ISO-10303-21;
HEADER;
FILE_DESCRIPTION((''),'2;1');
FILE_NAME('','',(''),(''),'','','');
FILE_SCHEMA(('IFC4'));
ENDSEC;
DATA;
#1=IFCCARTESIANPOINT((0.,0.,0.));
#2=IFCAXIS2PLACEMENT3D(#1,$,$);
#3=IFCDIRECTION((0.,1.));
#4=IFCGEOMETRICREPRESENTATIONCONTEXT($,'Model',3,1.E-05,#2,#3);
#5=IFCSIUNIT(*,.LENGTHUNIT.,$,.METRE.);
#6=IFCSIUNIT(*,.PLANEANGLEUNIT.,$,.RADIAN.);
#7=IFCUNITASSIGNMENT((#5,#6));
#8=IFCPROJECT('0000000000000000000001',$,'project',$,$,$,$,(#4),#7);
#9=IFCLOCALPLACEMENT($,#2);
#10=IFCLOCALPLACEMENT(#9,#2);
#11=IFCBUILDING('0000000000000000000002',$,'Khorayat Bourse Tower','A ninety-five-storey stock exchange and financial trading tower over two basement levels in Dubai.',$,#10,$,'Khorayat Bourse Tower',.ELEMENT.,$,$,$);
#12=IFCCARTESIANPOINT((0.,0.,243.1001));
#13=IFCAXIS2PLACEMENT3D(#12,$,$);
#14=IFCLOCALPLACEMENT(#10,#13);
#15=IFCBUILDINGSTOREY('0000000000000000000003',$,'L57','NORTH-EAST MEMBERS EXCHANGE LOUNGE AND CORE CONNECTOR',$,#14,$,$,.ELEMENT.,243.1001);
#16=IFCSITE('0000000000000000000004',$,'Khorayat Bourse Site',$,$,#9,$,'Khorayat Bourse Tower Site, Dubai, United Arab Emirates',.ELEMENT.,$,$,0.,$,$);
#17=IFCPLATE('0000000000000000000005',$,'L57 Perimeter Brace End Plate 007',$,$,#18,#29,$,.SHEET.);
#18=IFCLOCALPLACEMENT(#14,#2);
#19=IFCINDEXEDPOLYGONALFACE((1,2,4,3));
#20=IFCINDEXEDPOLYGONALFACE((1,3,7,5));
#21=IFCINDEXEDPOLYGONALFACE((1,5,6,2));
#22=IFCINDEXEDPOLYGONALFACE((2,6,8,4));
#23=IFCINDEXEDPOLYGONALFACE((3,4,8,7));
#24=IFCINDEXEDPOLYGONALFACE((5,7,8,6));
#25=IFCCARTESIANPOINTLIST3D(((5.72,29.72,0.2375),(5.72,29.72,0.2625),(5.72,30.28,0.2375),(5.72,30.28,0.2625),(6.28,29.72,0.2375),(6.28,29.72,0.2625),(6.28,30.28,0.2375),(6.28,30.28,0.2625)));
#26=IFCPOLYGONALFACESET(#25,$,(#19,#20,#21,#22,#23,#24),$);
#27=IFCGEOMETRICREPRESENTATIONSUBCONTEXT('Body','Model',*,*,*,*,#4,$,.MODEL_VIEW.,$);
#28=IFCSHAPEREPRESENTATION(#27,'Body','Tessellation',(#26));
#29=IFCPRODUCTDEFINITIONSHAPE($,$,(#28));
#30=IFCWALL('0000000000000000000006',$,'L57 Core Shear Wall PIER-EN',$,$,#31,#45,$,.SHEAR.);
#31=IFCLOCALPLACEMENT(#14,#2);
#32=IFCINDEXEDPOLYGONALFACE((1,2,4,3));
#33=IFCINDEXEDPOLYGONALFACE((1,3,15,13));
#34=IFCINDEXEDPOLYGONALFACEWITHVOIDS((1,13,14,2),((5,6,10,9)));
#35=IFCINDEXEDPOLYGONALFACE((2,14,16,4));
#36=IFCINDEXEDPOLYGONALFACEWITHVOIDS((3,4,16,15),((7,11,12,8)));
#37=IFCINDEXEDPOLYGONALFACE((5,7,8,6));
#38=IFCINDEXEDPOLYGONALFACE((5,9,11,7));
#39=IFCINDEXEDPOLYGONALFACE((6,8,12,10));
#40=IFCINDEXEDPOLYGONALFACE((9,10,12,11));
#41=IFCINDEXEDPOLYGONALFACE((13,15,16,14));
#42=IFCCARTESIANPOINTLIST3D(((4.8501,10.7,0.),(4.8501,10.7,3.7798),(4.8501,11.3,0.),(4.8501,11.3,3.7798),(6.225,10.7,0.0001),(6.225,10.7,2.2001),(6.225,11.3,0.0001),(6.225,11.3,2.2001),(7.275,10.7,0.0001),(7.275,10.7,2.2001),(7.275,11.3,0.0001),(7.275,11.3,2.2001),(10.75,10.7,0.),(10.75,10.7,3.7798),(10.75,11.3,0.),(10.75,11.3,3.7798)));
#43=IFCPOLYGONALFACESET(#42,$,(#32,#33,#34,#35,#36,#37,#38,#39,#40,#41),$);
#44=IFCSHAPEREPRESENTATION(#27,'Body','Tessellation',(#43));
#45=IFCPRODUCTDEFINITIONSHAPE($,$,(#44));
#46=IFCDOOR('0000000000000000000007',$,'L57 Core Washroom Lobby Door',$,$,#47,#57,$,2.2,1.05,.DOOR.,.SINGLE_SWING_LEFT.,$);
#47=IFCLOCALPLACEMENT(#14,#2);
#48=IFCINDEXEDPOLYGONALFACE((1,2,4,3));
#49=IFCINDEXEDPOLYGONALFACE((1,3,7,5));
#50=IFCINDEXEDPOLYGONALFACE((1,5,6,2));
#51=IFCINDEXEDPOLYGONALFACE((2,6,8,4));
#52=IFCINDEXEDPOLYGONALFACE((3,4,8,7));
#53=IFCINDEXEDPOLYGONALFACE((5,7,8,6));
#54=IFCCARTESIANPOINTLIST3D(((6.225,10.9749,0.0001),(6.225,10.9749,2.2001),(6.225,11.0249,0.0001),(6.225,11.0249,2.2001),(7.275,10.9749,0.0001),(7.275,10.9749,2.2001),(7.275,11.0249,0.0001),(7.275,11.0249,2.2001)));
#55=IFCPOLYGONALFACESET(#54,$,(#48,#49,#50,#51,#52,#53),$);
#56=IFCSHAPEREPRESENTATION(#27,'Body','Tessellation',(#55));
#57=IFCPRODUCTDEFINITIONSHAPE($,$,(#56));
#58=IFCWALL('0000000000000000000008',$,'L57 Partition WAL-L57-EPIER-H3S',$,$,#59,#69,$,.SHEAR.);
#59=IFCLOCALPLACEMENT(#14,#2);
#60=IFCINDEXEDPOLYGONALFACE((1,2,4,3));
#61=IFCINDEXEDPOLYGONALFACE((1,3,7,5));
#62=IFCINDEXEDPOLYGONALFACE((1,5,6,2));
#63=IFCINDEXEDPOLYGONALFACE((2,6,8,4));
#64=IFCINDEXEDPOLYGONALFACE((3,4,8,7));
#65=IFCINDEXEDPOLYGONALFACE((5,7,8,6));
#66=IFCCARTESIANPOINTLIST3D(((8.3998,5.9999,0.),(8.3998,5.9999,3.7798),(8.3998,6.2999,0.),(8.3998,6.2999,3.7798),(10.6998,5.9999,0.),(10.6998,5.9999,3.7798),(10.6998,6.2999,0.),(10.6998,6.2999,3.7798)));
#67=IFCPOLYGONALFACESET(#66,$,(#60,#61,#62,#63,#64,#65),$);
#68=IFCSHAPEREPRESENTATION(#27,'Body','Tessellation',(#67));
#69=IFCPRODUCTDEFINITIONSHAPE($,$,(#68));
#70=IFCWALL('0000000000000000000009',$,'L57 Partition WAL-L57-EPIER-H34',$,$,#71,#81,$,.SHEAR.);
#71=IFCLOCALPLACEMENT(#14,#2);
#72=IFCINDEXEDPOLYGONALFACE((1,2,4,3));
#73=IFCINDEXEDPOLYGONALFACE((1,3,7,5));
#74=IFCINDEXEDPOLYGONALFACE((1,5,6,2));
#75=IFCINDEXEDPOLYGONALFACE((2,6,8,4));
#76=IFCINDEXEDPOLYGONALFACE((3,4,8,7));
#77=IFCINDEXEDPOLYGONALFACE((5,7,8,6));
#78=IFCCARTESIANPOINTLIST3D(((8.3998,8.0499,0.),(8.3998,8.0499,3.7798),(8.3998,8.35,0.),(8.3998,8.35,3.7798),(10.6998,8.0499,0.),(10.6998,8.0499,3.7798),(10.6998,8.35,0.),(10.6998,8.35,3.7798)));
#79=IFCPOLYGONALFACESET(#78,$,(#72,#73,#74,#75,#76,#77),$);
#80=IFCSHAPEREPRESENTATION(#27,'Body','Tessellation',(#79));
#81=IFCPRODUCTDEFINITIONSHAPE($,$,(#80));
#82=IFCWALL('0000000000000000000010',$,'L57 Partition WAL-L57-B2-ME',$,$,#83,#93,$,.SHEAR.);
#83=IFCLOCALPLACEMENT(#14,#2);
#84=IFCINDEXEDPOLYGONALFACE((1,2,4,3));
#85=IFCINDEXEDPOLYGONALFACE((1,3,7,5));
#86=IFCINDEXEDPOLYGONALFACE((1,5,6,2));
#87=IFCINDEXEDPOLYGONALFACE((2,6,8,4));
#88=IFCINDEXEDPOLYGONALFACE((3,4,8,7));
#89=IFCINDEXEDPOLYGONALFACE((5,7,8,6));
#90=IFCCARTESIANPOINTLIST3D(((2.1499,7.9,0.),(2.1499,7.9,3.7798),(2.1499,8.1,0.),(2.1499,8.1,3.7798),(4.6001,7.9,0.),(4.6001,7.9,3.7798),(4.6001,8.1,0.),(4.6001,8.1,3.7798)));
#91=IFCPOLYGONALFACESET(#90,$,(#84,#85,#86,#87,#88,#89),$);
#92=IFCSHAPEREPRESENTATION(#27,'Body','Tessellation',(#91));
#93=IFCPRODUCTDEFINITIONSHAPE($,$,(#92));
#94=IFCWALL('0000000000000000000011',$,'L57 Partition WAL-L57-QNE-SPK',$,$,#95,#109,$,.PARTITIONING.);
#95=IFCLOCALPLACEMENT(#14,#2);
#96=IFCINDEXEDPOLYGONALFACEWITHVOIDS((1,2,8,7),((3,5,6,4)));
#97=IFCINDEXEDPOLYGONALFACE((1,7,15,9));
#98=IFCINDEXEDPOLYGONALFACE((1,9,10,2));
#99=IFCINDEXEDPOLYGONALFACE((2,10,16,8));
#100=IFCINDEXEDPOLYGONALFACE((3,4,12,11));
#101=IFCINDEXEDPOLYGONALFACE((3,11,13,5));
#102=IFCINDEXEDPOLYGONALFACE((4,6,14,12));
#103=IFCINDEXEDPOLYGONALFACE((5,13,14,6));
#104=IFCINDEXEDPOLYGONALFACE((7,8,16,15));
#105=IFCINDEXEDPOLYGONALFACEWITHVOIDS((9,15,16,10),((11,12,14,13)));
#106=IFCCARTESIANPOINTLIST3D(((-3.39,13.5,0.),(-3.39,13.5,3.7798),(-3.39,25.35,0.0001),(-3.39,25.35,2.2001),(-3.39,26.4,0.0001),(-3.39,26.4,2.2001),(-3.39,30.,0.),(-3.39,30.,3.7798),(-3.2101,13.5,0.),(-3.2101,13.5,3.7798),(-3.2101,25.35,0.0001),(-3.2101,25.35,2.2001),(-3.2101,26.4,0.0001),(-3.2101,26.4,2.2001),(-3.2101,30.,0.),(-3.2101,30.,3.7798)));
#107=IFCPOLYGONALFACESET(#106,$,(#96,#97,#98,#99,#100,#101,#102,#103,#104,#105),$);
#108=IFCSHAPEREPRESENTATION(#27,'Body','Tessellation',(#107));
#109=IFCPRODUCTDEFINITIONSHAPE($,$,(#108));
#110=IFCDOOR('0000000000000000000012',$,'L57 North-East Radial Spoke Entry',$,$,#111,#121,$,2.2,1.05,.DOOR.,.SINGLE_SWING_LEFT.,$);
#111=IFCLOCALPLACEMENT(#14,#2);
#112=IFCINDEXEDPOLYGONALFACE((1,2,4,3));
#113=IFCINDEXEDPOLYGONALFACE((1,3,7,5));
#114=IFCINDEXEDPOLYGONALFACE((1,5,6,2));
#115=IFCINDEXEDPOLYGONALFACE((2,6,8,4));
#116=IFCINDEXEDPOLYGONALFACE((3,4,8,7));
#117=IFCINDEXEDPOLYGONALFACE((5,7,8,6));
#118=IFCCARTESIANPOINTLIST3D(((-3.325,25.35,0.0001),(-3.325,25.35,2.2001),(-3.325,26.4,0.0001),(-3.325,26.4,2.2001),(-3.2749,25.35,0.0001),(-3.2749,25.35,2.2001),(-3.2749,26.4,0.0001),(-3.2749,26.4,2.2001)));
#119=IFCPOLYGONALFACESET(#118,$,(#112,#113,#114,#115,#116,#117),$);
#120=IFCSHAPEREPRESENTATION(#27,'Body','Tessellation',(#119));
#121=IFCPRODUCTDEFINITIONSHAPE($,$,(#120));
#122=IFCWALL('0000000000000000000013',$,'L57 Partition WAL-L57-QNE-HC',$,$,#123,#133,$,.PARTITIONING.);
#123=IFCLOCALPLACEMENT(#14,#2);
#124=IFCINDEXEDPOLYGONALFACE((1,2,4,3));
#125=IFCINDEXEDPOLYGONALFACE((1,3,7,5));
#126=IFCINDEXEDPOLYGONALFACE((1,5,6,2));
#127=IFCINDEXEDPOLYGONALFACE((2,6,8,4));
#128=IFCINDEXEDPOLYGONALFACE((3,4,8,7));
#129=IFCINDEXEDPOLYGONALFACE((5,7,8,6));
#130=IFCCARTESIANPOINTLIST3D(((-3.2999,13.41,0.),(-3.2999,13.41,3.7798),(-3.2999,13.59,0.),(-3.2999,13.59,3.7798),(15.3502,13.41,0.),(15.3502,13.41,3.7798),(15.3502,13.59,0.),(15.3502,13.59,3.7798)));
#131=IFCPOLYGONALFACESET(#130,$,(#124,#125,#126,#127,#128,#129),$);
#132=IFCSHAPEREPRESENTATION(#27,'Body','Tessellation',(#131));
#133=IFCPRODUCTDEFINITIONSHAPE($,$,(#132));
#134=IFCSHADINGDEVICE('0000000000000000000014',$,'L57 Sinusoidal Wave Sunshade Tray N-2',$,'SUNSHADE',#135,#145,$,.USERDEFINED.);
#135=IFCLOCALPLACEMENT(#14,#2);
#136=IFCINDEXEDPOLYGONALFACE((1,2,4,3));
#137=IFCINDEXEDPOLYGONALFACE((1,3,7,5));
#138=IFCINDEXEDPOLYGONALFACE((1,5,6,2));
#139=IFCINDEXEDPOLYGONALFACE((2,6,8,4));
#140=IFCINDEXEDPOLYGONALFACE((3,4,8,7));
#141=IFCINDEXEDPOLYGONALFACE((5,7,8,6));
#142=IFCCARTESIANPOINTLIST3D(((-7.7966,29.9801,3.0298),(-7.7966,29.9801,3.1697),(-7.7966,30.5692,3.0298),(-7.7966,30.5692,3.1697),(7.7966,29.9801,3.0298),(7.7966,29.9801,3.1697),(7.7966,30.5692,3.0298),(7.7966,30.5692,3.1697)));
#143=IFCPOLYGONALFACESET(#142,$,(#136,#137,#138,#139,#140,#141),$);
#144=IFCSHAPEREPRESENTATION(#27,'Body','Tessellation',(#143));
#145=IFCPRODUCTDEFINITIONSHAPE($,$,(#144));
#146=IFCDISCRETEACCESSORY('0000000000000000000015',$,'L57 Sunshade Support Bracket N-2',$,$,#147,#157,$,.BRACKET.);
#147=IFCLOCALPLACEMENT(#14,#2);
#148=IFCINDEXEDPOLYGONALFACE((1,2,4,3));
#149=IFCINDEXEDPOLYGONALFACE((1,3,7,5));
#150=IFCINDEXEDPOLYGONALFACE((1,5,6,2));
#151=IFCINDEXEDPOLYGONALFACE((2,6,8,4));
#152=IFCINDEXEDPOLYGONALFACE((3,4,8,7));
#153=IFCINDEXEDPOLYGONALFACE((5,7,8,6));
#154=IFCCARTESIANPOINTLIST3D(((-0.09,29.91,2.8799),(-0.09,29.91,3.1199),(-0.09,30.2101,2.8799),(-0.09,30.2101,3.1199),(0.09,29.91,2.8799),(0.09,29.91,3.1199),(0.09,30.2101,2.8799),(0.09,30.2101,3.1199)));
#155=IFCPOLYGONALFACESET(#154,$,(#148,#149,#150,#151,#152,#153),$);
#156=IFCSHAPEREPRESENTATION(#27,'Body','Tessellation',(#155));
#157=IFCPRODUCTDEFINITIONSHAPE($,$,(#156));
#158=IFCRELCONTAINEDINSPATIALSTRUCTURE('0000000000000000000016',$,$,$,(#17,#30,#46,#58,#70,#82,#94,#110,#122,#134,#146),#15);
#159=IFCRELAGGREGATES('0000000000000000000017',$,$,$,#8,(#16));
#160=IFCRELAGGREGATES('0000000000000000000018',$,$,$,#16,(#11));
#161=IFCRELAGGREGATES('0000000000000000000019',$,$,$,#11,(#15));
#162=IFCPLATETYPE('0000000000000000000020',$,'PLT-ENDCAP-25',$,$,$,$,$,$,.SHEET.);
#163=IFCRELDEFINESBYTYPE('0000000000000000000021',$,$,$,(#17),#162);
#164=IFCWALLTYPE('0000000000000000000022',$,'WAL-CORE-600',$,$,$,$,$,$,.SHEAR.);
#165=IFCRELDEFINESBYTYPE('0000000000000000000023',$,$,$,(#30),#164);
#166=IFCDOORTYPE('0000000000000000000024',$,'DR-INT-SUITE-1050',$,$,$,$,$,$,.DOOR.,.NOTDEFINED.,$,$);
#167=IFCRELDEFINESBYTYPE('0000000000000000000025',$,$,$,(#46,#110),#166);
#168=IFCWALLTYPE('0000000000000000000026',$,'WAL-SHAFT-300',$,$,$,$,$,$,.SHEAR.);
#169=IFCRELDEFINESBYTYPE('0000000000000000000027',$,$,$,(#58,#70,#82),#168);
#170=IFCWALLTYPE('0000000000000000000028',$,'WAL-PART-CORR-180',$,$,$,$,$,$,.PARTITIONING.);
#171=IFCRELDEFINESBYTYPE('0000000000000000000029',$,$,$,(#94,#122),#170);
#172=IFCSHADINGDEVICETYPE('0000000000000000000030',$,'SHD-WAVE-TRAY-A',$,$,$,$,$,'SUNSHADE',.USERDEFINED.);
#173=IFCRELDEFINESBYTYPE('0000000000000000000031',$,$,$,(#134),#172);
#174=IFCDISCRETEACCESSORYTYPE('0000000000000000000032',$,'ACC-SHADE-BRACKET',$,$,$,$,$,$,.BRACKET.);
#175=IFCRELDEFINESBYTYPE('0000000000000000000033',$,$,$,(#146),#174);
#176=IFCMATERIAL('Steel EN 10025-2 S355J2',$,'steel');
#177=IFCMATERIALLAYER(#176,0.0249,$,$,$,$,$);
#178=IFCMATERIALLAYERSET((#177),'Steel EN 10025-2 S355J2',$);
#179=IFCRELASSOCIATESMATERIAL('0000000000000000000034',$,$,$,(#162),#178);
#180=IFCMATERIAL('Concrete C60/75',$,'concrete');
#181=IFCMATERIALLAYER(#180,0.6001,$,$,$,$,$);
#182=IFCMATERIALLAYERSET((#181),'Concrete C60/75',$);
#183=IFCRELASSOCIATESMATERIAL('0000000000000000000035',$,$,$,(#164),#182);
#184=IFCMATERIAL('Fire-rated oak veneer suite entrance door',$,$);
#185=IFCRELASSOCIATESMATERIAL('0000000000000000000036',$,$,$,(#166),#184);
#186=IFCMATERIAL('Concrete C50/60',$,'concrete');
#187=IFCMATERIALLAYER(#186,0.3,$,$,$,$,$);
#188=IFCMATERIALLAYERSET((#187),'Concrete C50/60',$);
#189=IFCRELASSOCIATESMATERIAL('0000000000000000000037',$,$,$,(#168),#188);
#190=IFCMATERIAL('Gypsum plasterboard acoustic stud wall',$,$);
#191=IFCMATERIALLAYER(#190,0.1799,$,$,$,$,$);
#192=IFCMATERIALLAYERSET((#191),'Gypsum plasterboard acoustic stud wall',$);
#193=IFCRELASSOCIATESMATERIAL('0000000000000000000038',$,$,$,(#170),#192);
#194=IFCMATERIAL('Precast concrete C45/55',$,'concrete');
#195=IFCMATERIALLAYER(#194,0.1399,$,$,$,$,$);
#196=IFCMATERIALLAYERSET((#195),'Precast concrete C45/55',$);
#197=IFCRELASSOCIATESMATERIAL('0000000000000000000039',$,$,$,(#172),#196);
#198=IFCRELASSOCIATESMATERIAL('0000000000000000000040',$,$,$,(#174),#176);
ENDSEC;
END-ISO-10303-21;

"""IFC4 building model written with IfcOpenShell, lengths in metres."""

from ifc_helpers import new_model, si_unit, direction, frame, frame_2d, origin, origin_2d, place, context, subcontext, project, spatial, rectangle, extrude, source, transform, mapped, material, layer, layer_set, type_object, element, fill, save


model = new_model("IFC4")

# Units and contexts
model_context = context("Model", 3, precision=1e-05, world=origin(), true_north=direction((0.0, 1.0)))
body_context = subcontext(model_context, "Body", "Model", "MODEL_VIEW")
ifc_project = project(units=[si_unit("LENGTHUNIT", "METRE"), si_unit("PLANEANGLEUNIT", "RADIAN")], contexts=[model_context])

# Site, building, storey
site_placement = place(None, origin())
site = spatial("IfcSite", under=ifc_project, at=site_placement, Name="Khorayat Bourse Site", LongName="Khorayat Bourse Tower Site, Dubai, United Arab Emirates", CompositionType="ELEMENT", RefElevation=0.0)
building_placement = place(site_placement, origin())
building = spatial("IfcBuilding", under=site, at=building_placement, Name="Khorayat Bourse Tower", Description="A ninety-five-storey stock exchange and financial trading tower over two basement levels in Dubai.", LongName="Khorayat Bourse Tower", CompositionType="ELEMENT")
storey_placement = place(building_placement, frame((0.0, 0.0, 243.1001)))
storey = spatial("IfcBuildingStorey", under=building, at=storey_placement, Name="L57", Description="NORTH-EAST MEMBERS EXCHANGE LOUNGE AND CORE CONNECTOR", CompositionType="ELEMENT", Elevation=243.1001)

# Shared definitions
ifc_material_1 = material(Name="Concrete C60/75", Category="concrete")

# Plate
ifc_material_2 = material(Name="Steel EN 10025-2 S355J2", Category="steel")
ifc_layer_1 = layer(ifc_material_2, 0.0249)
ifc_layer_set_1 = layer_set([ifc_layer_1], Name="Steel EN 10025-2 S355J2")
plate_type = type_object("IfcPlateType", Name="PLT-ENDCAP-25", PredefinedType="SHEET", material=ifc_layer_set_1)
shared_shape_1 = source(origin(), body_context, "Body", "SweptSolid", [
    extrude(rectangle(XDim=0.5601, YDim=0.5601, at=origin_2d()), origin(), (0.0, 0.0, 1.0), 0.0249),
])
plate_placement = place(storey_placement, frame((6.0, 30.0, 0.2375), z_axis=(0.0, 0.0, 1.0), x_axis=(1.0, 0.0, 0.0)))
element("IfcPlate", 1, at=plate_placement, inside=storey, type_object=plate_type, Name="L57 Perimeter Brace End Plate 007", PredefinedType="SHEET", context=body_context, shape_type="MappedRepresentation", body=[
    mapped(shared_shape_1, transform((0.0, 0.0, 0.0), scale=1.0)),
])

# Wall, opening, door
ifc_layer_2 = layer(ifc_material_1, 0.6001)
ifc_layer_set_2 = layer_set([ifc_layer_2], Name="Concrete C60/75")
wall_type_1 = type_object("IfcWallType", Name="WAL-CORE-600", PredefinedType="SHEAR", material=ifc_layer_set_2)
shared_shape_2 = source(origin(), body_context, "Body", "SweptSolid", [
    extrude(rectangle(XDim=5.8999, YDim=0.6001, at=frame_2d((2.95, 0.0))), origin(), (0.0, 0.0, 1.0), 3.7798),
])
wall_1_placement = place(storey_placement, frame((4.8501, 11.0, 0.0), z_axis=(0.0, 0.0, 1.0), x_axis=(1.0, 0.0, 0.0)))
wall_1 = element("IfcWall", 2, at=wall_1_placement, inside=storey, type_object=wall_type_1, Name="L57 Core Shear Wall PIER-EN", PredefinedType="SHEAR", context=body_context, shape_type="MappedRepresentation", body=[
    mapped(shared_shape_2, transform((0.0, 0.0, 0.0), scale=1.0)),
])
shared_shape_3 = source(origin(), body_context, "Body", "SweptSolid", [
    extrude(rectangle(XDim=1.05, YDim=2.2, at=frame_2d((0.5249, 1.1001))), frame((0.0, 0.3101, 0.0), z_axis=(0.0, -1.0, 0.0), x_axis=(1.0, 0.0, 0.0)), (0.0, 0.0, 1.0), 0.6201),
])
opening_1_placement = place(wall_1_placement, frame((1.375, 0.0, 0.0)))
opening_1 = element("IfcOpeningElement", 3, at=opening_1_placement, cuts=wall_1, PredefinedType="OPENING", context=body_context, shape_type="MappedRepresentation", body=[
    mapped(shared_shape_3, transform((0.0, 0.0, 0.0), scale=1.0)),
])
ifc_material_3 = material(Name="Fire-rated oak veneer suite entrance door")
door_type_1 = type_object("IfcDoorType", Name="DR-INT-SUITE-1050", OperationType="NOTDEFINED", PredefinedType="DOOR", material=ifc_material_3)
shared_shape_4 = source(origin(), body_context, "Body", "SweptSolid", [
    extrude(rectangle(XDim=1.05, YDim=2.2, at=frame_2d((0.5249, 1.1001))), frame((0.0, 0.0249, 0.0), z_axis=(0.0, -1.0, 0.0), x_axis=(1.0, 0.0, 0.0)), (0.0, 0.0, 1.0), 0.05),
])
door_1_placement = place(opening_1_placement, origin())
door_1 = element("IfcDoor", 4, at=door_1_placement, inside=storey, type_object=door_type_1, Name="L57 Core Washroom Lobby Door", OperationType="SINGLE_SWING_LEFT", OverallHeight=2.2, OverallWidth=1.05, PredefinedType="DOOR", context=body_context, shape_type="MappedRepresentation", body=[
    mapped(shared_shape_4, transform((0.0, 0.0, 0.0), scale=1.0)),
])
fill(opening_1, door_1)

# Walls
ifc_material_4 = material(Name="Concrete C50/60", Category="concrete")
ifc_layer_3 = layer(ifc_material_4, 0.3)
ifc_layer_set_3 = layer_set([ifc_layer_3], Name="Concrete C50/60")
wall_type_2 = type_object("IfcWallType", Name="WAL-SHAFT-300", PredefinedType="SHEAR", material=ifc_layer_set_3)
shared_shape_5 = source(origin(), body_context, "Body", "SweptSolid", [
    extrude(rectangle(XDim=2.3, YDim=0.3, at=frame_2d((1.1499, 0.0))), origin(), (0.0, 0.0, 1.0), 3.7798),
])
for number, where, z_axis, x_axis, name in (
    (5, (8.3999, 6.1499, 0.0), (0.0, 0.0, 1.0), (1.0, 0.0, 0.0), "L57 Partition WAL-L57-EPIER-H3S"),
    (6, (8.3999, 8.2, 0.0), (0.0, 0.0, 1.0), (1.0, 0.0, 0.0), "L57 Partition WAL-L57-EPIER-H34"),
):
    element("IfcWall", number, at=place(storey_placement, frame(where, z_axis=z_axis, x_axis=x_axis)), inside=storey, type_object=wall_type_2, Name=name, PredefinedType="SHEAR", context=body_context, shape_type="MappedRepresentation", body=[
        mapped(shared_shape_5, transform((0.0, 0.0, 0.0), scale=1.0)),
    ])

# Wall
shared_shape_6 = source(origin(), body_context, "Body", "SweptSolid", [
    extrude(rectangle(XDim=2.4502, YDim=0.2, at=frame_2d((1.2251, 0.0))), origin(), (0.0, 0.0, 1.0), 3.7798),
])
wall_2_placement = place(storey_placement, frame((2.1499, 8.0, 0.0), z_axis=(0.0, 0.0, 1.0), x_axis=(1.0, 0.0, 0.0)))
element("IfcWall", 7, at=wall_2_placement, inside=storey, type_object=wall_type_2, Name="L57 Partition WAL-L57-B2-ME", PredefinedType="SHEAR", context=body_context, shape_type="MappedRepresentation", body=[
    mapped(shared_shape_6, transform((0.0, 0.0, 0.0), scale=1.0)),
])

# Wall, opening, door
ifc_material_5 = material(Name="Gypsum plasterboard acoustic stud wall")
ifc_layer_4 = layer(ifc_material_5, 0.1799)
ifc_layer_set_4 = layer_set([ifc_layer_4], Name="Gypsum plasterboard acoustic stud wall")
wall_type_3 = type_object("IfcWallType", Name="WAL-PART-CORR-180", PredefinedType="PARTITIONING", material=ifc_layer_set_4)
shared_shape_7 = source(origin(), body_context, "Body", "SweptSolid", [
    extrude(rectangle(XDim=16.5, YDim=0.1799, at=frame_2d((8.25, 0.0))), origin(), (0.0, 0.0, 1.0), 3.7798),
])
wall_3_placement = place(storey_placement, frame((-3.3, 13.5, 0.0), z_axis=(0.0, 0.0, 1.0), x_axis=(0.0, 1.0, 0.0)))
wall_3 = element("IfcWall", 8, at=wall_3_placement, inside=storey, type_object=wall_type_3, Name="L57 Partition WAL-L57-QNE-SPK", PredefinedType="PARTITIONING", context=body_context, shape_type="MappedRepresentation", body=[
    mapped(shared_shape_7, transform((0.0, 0.0, 0.0), scale=1.0)),
])
shared_shape_8 = source(origin(), body_context, "Body", "SweptSolid", [
    extrude(rectangle(XDim=1.05, YDim=2.2, at=frame_2d((0.5249, 1.1001))), frame((0.0, 0.0999, 0.0), z_axis=(0.0, -1.0, 0.0), x_axis=(1.0, 0.0, 0.0)), (0.0, 0.0, 1.0), 0.2),
])
opening_2_placement = place(wall_3_placement, frame((11.8501, 0.0, 0.0)))
opening_2 = element("IfcOpeningElement", 9, at=opening_2_placement, cuts=wall_3, PredefinedType="OPENING", context=body_context, shape_type="MappedRepresentation", body=[
    mapped(shared_shape_8, transform((0.0, 0.0, 0.0), scale=1.0)),
])
door_2_placement = place(opening_2_placement, origin())
door_2 = element("IfcDoor", 10, at=door_2_placement, inside=storey, type_object=door_type_1, Name="L57 North-East Radial Spoke Entry", OperationType="SINGLE_SWING_LEFT", OverallHeight=2.2, OverallWidth=1.05, PredefinedType="DOOR", context=body_context, shape_type="MappedRepresentation", body=[
    mapped(shared_shape_4, transform((0.0, 0.0, 0.0), scale=1.0)),
])
fill(opening_2, door_2)

# Wall
shared_shape_9 = source(origin(), body_context, "Body", "SweptSolid", [
    extrude(rectangle(XDim=18.6501, YDim=0.1799, at=frame_2d((9.3252, 0.0))), origin(), (0.0, 0.0, 1.0), 3.7798),
])
wall_4_placement = place(storey_placement, frame((-3.3, 13.5, 0.0), z_axis=(0.0, 0.0, 1.0), x_axis=(1.0, 0.0, 0.0)))
element("IfcWall", 11, at=wall_4_placement, inside=storey, type_object=wall_type_3, Name="L57 Partition WAL-L57-QNE-HC", PredefinedType="PARTITIONING", context=body_context, shape_type="MappedRepresentation", body=[
    mapped(shared_shape_9, transform((0.0, 0.0, 0.0), scale=1.0)),
])

# Shading device
ifc_material_6 = material(Name="Precast concrete C45/55", Category="concrete")
ifc_layer_5 = layer(ifc_material_6, 0.1399)
ifc_layer_set_5 = layer_set([ifc_layer_5], Name="Precast concrete C45/55")
shading_device_type = type_object("IfcShadingDeviceType", Name="SHD-WAVE-TRAY-A", ElementType="SUNSHADE", PredefinedType="USERDEFINED", material=ifc_layer_set_5)
shared_shape_10 = source(origin(), body_context, "Body", "SweptSolid", [
    extrude(rectangle(XDim=15.5933, YDim=0.5891, at=origin_2d()), origin(), (0.0, 0.0, 1.0), 0.1399),
])
shading_device_placement = place(storey_placement, frame((0.0, 30.2747, 3.0298), z_axis=(0.0, 0.0, 1.0), x_axis=(1.0, 0.0, 0.0)))
element("IfcShadingDevice", 12, at=shading_device_placement, inside=storey, type_object=shading_device_type, Name="L57 Sinusoidal Wave Sunshade Tray N-2", ObjectType="SUNSHADE", PredefinedType="USERDEFINED", context=body_context, shape_type="MappedRepresentation", body=[
    mapped(shared_shape_10, transform((0.0, 0.0, 0.0), scale=1.0)),
])

# Discrete accessory
discrete_accessory_type = type_object("IfcDiscreteAccessoryType", Name="ACC-SHADE-BRACKET", PredefinedType="BRACKET", material=ifc_material_2)
shared_shape_11 = source(origin(), body_context, "Body", "SweptSolid", [
    extrude(rectangle(XDim=0.1799, YDim=0.3, at=origin_2d()), origin(), (0.0, 0.0, 1.0), 0.24),
])
discrete_accessory_placement = place(storey_placement, frame((0.0, 30.0601, 2.8799), z_axis=(0.0, 0.0, 1.0), x_axis=(1.0, 0.0, 0.0)))
element("IfcDiscreteAccessory", 13, at=discrete_accessory_placement, inside=storey, type_object=discrete_accessory_type, Name="L57 Sunshade Support Bracket N-2", PredefinedType="BRACKET", context=body_context, shape_type="MappedRepresentation", body=[
    mapped(shared_shape_11, transform((0.0, 0.0, 0.0), scale=1.0)),
])

save(model, "model.ifc")
